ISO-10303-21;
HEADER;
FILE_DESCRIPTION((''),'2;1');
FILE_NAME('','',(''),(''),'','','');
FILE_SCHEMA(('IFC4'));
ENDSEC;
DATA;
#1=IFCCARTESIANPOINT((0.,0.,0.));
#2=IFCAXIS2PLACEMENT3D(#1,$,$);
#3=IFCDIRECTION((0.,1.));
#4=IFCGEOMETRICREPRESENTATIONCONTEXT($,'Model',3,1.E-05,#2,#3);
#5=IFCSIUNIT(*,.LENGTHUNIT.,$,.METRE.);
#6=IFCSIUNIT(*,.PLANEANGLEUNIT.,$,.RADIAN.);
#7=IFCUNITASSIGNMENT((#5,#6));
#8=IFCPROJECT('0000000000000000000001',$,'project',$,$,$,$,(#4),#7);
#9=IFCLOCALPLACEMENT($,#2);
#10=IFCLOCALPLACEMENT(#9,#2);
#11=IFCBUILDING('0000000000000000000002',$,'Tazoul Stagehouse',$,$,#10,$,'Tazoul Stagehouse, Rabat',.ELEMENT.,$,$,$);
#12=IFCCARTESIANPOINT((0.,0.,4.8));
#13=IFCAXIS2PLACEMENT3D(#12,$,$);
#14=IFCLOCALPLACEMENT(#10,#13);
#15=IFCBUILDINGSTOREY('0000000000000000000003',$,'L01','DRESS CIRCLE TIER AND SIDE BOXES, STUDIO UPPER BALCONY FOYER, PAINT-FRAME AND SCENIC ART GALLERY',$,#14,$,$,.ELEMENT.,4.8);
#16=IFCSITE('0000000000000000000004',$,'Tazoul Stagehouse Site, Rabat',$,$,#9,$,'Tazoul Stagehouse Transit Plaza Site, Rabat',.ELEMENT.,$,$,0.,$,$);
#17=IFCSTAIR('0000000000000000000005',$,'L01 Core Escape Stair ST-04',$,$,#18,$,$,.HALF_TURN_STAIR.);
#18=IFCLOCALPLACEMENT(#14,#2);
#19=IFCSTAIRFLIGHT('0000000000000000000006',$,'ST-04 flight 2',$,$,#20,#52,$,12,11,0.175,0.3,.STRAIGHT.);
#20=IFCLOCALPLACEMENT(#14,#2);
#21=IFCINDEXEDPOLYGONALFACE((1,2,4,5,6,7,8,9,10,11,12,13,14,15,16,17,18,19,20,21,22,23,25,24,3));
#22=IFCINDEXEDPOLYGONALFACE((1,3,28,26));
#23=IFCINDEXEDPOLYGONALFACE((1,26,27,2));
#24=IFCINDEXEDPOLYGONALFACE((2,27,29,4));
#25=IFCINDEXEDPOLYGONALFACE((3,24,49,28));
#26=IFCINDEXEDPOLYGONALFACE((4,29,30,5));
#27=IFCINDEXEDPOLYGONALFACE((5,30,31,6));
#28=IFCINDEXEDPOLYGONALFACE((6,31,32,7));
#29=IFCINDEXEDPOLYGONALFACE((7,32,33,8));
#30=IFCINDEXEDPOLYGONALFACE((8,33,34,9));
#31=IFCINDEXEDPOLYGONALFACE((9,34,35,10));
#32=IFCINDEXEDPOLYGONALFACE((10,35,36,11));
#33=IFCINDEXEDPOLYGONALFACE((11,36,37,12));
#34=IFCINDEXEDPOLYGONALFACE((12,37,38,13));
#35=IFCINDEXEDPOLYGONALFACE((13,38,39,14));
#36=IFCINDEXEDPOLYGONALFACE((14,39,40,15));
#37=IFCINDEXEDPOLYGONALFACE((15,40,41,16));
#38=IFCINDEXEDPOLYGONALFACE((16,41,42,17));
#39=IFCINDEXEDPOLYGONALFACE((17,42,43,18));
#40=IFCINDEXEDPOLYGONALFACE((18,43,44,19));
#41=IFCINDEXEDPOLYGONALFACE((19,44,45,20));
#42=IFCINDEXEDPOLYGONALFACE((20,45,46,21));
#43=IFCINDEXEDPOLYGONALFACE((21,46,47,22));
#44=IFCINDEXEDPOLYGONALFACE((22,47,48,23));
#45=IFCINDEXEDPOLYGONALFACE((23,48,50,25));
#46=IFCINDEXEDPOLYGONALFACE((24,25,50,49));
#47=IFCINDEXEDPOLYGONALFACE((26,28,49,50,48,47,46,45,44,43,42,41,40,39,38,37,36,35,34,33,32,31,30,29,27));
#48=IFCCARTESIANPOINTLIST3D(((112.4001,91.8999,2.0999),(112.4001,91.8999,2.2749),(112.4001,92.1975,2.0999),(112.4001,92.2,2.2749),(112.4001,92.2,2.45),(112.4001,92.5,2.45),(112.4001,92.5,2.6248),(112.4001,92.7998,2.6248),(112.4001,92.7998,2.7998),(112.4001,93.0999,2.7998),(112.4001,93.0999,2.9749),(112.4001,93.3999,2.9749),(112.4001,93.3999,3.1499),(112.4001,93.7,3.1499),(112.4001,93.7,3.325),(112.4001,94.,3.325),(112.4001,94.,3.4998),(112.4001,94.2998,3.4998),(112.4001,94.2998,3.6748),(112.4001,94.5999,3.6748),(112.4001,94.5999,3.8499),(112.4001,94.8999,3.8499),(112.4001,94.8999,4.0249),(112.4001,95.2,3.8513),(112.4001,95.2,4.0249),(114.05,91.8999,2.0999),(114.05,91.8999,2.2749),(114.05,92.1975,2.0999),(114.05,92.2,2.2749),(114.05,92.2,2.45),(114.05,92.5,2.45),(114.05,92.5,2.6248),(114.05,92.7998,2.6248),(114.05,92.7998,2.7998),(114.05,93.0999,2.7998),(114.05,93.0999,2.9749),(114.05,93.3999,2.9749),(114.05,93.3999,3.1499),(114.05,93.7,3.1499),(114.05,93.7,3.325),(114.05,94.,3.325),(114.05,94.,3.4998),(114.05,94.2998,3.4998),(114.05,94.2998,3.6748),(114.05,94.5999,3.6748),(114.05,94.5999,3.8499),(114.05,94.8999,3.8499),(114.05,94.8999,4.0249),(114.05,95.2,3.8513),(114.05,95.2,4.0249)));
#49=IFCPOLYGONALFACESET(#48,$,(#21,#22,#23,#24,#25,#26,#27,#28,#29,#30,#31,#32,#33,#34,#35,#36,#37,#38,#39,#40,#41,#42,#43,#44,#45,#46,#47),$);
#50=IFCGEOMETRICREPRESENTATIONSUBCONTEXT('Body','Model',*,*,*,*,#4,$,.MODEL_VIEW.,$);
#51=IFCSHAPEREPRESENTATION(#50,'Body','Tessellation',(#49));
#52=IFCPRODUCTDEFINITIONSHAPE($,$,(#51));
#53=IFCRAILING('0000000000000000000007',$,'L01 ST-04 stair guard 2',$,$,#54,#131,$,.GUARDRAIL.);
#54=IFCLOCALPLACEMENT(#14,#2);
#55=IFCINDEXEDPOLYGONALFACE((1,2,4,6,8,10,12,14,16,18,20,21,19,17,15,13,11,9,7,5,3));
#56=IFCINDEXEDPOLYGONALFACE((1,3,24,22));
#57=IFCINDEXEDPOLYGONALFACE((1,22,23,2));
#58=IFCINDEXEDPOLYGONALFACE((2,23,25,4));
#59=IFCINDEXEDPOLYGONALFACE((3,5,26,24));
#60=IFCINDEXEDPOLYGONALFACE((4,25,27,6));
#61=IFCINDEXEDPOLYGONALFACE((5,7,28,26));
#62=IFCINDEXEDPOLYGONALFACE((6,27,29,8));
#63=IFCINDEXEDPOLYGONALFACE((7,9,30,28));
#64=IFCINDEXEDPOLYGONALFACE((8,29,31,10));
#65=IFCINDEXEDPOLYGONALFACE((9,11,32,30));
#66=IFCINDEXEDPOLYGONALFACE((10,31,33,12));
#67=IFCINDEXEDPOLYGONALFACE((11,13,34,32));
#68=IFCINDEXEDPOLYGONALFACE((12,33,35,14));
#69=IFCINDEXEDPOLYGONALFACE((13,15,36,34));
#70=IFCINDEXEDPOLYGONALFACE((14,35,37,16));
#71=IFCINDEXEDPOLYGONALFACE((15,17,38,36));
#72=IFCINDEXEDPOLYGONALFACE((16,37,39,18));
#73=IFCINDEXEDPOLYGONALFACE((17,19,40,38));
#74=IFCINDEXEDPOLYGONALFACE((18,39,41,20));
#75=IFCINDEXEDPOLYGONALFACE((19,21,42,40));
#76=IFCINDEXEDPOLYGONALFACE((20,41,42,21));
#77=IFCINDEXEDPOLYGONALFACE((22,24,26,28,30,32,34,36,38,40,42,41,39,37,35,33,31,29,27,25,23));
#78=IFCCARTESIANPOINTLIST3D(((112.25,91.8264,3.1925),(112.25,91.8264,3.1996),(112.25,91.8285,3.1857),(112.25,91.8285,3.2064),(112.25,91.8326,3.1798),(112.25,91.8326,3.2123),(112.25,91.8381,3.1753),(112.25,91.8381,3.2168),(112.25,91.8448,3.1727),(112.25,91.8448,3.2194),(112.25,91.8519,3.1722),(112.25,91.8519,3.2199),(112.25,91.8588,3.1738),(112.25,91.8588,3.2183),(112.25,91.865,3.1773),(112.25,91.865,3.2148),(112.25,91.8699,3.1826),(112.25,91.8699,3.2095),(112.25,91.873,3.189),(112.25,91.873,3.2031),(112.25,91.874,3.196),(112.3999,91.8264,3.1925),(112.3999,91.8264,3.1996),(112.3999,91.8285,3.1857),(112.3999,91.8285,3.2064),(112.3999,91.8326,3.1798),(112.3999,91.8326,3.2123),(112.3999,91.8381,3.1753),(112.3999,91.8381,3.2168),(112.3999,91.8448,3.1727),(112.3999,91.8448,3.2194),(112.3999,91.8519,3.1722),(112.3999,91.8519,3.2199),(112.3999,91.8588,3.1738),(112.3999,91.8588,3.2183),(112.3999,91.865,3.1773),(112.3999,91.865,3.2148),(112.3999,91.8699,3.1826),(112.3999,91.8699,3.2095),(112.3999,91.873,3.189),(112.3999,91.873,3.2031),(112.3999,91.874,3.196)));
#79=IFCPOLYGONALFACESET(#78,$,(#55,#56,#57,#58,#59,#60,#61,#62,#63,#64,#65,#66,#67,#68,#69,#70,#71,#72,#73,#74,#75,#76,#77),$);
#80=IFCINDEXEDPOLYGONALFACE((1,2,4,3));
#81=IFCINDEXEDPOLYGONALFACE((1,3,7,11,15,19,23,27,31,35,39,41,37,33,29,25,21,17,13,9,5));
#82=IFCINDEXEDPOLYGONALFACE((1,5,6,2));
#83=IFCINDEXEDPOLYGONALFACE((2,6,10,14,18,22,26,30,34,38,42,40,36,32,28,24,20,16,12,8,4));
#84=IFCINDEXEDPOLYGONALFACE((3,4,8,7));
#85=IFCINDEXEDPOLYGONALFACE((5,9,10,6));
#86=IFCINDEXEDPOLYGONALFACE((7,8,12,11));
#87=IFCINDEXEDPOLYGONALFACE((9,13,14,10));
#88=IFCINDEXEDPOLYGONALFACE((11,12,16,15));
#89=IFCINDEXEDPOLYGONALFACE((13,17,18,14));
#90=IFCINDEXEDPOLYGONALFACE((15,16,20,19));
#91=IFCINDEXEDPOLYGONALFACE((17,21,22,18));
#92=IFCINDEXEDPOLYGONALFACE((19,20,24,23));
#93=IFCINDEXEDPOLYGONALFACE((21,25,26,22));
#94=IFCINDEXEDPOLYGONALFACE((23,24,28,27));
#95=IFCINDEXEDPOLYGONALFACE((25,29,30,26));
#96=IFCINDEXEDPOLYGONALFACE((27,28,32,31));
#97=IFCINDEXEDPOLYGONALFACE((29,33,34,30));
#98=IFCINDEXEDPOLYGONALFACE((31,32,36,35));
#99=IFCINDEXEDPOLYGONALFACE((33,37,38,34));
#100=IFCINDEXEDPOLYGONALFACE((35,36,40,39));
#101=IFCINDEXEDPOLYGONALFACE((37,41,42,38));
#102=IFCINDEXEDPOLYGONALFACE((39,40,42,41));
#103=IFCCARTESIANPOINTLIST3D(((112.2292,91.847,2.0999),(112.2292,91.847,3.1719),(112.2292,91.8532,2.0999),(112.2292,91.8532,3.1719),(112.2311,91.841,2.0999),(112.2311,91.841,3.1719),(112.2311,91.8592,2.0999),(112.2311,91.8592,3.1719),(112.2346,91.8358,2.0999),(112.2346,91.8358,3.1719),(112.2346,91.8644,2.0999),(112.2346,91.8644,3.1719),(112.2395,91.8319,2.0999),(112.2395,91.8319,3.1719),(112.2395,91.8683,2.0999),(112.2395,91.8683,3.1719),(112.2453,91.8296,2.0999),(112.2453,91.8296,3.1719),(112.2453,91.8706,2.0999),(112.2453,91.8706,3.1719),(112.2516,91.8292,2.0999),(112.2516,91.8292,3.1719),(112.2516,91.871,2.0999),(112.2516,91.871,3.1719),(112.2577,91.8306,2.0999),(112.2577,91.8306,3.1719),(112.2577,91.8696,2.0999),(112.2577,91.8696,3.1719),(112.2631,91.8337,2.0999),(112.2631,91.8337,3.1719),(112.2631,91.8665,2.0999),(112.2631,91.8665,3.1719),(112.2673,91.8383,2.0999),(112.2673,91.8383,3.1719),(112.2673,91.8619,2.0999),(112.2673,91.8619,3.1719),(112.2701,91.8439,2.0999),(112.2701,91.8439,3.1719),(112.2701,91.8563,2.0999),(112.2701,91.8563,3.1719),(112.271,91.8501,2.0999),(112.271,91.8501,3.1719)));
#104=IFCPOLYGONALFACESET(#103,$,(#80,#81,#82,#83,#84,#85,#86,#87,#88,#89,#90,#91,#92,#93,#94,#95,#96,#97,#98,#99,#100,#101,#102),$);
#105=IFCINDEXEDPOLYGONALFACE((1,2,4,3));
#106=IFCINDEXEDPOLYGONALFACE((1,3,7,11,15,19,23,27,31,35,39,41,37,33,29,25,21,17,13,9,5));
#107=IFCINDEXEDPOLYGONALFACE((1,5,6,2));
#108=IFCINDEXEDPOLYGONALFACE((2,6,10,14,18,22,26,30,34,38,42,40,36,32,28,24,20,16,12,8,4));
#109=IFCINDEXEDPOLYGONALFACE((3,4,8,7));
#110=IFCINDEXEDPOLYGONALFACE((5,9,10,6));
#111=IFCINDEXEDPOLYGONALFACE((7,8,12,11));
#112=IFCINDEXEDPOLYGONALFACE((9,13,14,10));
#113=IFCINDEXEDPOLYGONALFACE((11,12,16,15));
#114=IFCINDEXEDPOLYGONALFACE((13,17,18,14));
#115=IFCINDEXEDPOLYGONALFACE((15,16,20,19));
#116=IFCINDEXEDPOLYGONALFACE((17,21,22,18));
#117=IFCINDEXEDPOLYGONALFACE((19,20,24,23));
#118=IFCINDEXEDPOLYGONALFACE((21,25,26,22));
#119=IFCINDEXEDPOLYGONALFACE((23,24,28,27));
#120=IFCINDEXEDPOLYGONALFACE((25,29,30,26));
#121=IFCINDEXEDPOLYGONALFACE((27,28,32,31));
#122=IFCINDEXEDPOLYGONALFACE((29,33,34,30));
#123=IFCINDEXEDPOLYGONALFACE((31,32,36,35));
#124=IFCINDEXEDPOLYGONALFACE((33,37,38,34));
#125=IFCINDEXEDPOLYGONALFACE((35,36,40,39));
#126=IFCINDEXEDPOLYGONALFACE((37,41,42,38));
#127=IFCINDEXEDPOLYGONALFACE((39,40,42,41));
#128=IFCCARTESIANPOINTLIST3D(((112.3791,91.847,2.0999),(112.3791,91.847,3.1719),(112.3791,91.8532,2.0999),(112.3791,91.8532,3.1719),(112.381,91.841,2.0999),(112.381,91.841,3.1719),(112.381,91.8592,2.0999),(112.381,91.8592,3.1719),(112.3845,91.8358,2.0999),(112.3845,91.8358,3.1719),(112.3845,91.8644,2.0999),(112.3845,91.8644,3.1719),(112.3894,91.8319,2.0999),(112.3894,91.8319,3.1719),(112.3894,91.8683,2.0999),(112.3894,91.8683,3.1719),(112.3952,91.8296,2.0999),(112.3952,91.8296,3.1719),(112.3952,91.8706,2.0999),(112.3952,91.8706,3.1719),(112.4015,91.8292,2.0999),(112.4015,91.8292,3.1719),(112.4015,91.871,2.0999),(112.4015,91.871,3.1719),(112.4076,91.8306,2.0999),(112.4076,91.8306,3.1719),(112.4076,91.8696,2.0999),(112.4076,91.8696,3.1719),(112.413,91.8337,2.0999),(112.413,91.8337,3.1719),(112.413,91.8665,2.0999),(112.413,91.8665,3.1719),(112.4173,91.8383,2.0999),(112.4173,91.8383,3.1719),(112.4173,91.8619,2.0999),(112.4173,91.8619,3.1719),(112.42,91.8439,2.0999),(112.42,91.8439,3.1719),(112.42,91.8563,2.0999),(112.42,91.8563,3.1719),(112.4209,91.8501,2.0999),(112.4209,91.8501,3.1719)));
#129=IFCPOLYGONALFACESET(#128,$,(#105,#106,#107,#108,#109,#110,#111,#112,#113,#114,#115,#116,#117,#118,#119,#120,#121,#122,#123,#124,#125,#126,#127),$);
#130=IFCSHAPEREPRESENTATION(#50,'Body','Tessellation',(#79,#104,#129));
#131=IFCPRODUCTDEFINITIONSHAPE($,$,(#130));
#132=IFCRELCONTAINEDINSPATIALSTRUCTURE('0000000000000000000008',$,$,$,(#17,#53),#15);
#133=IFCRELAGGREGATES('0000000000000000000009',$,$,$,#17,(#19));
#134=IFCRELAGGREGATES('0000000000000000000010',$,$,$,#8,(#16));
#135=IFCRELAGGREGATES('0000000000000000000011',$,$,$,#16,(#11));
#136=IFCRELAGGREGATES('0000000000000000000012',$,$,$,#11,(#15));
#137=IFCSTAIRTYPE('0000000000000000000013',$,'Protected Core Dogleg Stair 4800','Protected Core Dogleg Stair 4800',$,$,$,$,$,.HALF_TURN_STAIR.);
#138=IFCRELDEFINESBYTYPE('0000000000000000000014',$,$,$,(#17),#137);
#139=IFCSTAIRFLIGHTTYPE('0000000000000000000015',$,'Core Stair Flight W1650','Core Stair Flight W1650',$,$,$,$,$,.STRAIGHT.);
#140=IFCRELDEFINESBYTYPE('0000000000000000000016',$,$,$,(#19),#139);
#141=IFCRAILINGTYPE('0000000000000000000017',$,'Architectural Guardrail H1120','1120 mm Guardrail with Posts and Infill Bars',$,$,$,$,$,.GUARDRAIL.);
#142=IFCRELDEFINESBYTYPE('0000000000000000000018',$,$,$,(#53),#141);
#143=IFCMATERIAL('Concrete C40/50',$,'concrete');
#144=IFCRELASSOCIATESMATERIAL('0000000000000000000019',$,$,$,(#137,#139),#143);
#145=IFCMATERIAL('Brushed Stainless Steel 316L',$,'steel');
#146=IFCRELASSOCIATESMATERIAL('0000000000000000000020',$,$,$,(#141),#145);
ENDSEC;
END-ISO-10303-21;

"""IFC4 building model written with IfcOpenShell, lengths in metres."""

from ifc_helpers import new_model, si_unit, direction, frame, origin, origin_2d, place, context, subcontext, project, spatial, polyline, circle, outline, extrude, material, material_profile, profile_set, type_object, element, aggregate, save


model = new_model("IFC4")

# Units and contexts
model_context = context("Model", 3, precision=1e-05, world=origin(), true_north=direction((0.0, 1.0)))
body_context = subcontext(model_context, "Body", "Model", "MODEL_VIEW")
ifc_project = project(units=[si_unit("LENGTHUNIT", "METRE"), si_unit("PLANEANGLEUNIT", "RADIAN")], contexts=[model_context])

# Site, building, storey
site_placement = place(None, origin())
site = spatial("IfcSite", under=ifc_project, at=site_placement, Name="Tazoul Stagehouse Site, Rabat", LongName="Tazoul Stagehouse Transit Plaza Site, Rabat", CompositionType="ELEMENT", RefElevation=0.0)
building_placement = place(site_placement, origin())
building = spatial("IfcBuilding", under=site, at=building_placement, Name="Tazoul Stagehouse", LongName="Tazoul Stagehouse, Rabat", CompositionType="ELEMENT")
storey_placement = place(building_placement, frame((0.0, 0.0, 4.8)))
storey = spatial("IfcBuildingStorey", under=building, at=storey_placement, Name="L01", Description="DRESS CIRCLE TIER AND SIDE BOXES, STUDIO UPPER BALCONY FOYER, PAINT-FRAME AND SCENIC ART GALLERY", CompositionType="ELEMENT", Elevation=4.8)

# Shared definitions
ifc_material_1 = material(Name="Concrete C40/50", Category="concrete")

# Stair, stair flight
stair_type = type_object("IfcStairType", Name="Protected Core Dogleg Stair 4800", Description="Protected Core Dogleg Stair 4800", PredefinedType="HALF_TURN_STAIR", material=ifc_material_1)
stair_placement = place(storey_placement, origin())
stair = element("IfcStair", 1, at=stair_placement, inside=storey, type_object=stair_type, Name="L01 Core Escape Stair ST-04", PredefinedType="HALF_TURN_STAIR")
stair_flight_type = type_object("IfcStairFlightType", Name="Core Stair Flight W1650", Description="Core Stair Flight W1650", PredefinedType="STRAIGHT", material=ifc_material_1)
stair_flight_placement = place(storey_placement, frame((113.2251, 91.8999, 2.0999), z_axis=(0.0, 0.0, 1.0), x_axis=(0.0, 1.0, 0.0)))
stair_flight = element("IfcStairFlight", 2, at=stair_flight_placement, type_object=stair_flight_type, Name="ST-04 flight 2", NumberOfRisers=12, NumberOfTreads=11, PredefinedType="STRAIGHT", RiserHeight=0.175, TreadLength=0.3, context=body_context, shape_type="SweptSolid", body=[
    extrude(outline(polyline([(0.0, 0.0), (0.0, 0.175), (0.3, 0.175), (0.3, 0.3501), (0.6001, 0.3501), (0.6001, 0.5249), (0.8999, 0.5249), (0.8999, 0.7), (1.2, 0.7), (1.2, 0.875), (1.5, 0.875), (1.5, 1.05), (1.8, 1.05), (1.8, 1.2251), (2.1001, 1.2251), (2.1001, 1.3999), (2.3999, 1.3999), (2.3999, 1.575), (2.7, 1.575), (2.7, 1.75), (3.0, 1.75), (3.0, 1.925), (3.3, 1.925), (3.3, 2.1001), (3.3, 1.7515), (0.2976, 0.0), (0.0, 0.0)])), frame((0.0, 0.825, 0.0), z_axis=(0.0, -1.0, 0.0), x_axis=(1.0, 0.0, 0.0)), (0.0, 0.0, 1.0), 1.6499),
])
aggregate(stair, [stair_flight])

# Railing
ifc_material_2 = material(Name="Brushed Stainless Steel 316L", Category="steel")
ifc_material_profile_1 = material_profile(ifc_material_2, circle(Radius=0.0239, at=origin_2d()), Name="SS RAIL D48")
ifc_profile_set_1 = profile_set([ifc_material_profile_1], Name="Brushed Stainless Steel 316L")
railing_type_1 = type_object("IfcRailingType", Name="Architectural Guardrail H1120", Description="1120 mm Guardrail with Posts and Infill Bars", PredefinedType="GUARDRAIL", material=ifc_profile_set_1)
railing_1_placement = place(storey_placement, frame((112.25, 91.8501, 2.0999)))
element("IfcRailing", 3, at=railing_1_placement, inside=storey, type_object=railing_type_1, Name="L01 ST-04 stair guard 2", PredefinedType="GUARDRAIL", context=body_context, shape_type="SweptSolid", body=[
    extrude(circle(Radius=0.0239, at=origin_2d()), frame((0.0, 0.0, 1.0962), z_axis=(1.0, 0.0, 0.0), x_axis=(0.0, 1.0, 0.0)), (0.0, 0.0, 1.0), 0.1499),
    extrude(circle(Radius=0.021, at=origin_2d()), origin(), (0.0, 0.0, 1.0), 1.072),
    extrude(circle(Radius=0.021, at=origin_2d()), frame((0.1499, 0.0, 0.0)), (0.0, 0.0, 1.0), 1.072),
])

save(model, "model.ifc")
